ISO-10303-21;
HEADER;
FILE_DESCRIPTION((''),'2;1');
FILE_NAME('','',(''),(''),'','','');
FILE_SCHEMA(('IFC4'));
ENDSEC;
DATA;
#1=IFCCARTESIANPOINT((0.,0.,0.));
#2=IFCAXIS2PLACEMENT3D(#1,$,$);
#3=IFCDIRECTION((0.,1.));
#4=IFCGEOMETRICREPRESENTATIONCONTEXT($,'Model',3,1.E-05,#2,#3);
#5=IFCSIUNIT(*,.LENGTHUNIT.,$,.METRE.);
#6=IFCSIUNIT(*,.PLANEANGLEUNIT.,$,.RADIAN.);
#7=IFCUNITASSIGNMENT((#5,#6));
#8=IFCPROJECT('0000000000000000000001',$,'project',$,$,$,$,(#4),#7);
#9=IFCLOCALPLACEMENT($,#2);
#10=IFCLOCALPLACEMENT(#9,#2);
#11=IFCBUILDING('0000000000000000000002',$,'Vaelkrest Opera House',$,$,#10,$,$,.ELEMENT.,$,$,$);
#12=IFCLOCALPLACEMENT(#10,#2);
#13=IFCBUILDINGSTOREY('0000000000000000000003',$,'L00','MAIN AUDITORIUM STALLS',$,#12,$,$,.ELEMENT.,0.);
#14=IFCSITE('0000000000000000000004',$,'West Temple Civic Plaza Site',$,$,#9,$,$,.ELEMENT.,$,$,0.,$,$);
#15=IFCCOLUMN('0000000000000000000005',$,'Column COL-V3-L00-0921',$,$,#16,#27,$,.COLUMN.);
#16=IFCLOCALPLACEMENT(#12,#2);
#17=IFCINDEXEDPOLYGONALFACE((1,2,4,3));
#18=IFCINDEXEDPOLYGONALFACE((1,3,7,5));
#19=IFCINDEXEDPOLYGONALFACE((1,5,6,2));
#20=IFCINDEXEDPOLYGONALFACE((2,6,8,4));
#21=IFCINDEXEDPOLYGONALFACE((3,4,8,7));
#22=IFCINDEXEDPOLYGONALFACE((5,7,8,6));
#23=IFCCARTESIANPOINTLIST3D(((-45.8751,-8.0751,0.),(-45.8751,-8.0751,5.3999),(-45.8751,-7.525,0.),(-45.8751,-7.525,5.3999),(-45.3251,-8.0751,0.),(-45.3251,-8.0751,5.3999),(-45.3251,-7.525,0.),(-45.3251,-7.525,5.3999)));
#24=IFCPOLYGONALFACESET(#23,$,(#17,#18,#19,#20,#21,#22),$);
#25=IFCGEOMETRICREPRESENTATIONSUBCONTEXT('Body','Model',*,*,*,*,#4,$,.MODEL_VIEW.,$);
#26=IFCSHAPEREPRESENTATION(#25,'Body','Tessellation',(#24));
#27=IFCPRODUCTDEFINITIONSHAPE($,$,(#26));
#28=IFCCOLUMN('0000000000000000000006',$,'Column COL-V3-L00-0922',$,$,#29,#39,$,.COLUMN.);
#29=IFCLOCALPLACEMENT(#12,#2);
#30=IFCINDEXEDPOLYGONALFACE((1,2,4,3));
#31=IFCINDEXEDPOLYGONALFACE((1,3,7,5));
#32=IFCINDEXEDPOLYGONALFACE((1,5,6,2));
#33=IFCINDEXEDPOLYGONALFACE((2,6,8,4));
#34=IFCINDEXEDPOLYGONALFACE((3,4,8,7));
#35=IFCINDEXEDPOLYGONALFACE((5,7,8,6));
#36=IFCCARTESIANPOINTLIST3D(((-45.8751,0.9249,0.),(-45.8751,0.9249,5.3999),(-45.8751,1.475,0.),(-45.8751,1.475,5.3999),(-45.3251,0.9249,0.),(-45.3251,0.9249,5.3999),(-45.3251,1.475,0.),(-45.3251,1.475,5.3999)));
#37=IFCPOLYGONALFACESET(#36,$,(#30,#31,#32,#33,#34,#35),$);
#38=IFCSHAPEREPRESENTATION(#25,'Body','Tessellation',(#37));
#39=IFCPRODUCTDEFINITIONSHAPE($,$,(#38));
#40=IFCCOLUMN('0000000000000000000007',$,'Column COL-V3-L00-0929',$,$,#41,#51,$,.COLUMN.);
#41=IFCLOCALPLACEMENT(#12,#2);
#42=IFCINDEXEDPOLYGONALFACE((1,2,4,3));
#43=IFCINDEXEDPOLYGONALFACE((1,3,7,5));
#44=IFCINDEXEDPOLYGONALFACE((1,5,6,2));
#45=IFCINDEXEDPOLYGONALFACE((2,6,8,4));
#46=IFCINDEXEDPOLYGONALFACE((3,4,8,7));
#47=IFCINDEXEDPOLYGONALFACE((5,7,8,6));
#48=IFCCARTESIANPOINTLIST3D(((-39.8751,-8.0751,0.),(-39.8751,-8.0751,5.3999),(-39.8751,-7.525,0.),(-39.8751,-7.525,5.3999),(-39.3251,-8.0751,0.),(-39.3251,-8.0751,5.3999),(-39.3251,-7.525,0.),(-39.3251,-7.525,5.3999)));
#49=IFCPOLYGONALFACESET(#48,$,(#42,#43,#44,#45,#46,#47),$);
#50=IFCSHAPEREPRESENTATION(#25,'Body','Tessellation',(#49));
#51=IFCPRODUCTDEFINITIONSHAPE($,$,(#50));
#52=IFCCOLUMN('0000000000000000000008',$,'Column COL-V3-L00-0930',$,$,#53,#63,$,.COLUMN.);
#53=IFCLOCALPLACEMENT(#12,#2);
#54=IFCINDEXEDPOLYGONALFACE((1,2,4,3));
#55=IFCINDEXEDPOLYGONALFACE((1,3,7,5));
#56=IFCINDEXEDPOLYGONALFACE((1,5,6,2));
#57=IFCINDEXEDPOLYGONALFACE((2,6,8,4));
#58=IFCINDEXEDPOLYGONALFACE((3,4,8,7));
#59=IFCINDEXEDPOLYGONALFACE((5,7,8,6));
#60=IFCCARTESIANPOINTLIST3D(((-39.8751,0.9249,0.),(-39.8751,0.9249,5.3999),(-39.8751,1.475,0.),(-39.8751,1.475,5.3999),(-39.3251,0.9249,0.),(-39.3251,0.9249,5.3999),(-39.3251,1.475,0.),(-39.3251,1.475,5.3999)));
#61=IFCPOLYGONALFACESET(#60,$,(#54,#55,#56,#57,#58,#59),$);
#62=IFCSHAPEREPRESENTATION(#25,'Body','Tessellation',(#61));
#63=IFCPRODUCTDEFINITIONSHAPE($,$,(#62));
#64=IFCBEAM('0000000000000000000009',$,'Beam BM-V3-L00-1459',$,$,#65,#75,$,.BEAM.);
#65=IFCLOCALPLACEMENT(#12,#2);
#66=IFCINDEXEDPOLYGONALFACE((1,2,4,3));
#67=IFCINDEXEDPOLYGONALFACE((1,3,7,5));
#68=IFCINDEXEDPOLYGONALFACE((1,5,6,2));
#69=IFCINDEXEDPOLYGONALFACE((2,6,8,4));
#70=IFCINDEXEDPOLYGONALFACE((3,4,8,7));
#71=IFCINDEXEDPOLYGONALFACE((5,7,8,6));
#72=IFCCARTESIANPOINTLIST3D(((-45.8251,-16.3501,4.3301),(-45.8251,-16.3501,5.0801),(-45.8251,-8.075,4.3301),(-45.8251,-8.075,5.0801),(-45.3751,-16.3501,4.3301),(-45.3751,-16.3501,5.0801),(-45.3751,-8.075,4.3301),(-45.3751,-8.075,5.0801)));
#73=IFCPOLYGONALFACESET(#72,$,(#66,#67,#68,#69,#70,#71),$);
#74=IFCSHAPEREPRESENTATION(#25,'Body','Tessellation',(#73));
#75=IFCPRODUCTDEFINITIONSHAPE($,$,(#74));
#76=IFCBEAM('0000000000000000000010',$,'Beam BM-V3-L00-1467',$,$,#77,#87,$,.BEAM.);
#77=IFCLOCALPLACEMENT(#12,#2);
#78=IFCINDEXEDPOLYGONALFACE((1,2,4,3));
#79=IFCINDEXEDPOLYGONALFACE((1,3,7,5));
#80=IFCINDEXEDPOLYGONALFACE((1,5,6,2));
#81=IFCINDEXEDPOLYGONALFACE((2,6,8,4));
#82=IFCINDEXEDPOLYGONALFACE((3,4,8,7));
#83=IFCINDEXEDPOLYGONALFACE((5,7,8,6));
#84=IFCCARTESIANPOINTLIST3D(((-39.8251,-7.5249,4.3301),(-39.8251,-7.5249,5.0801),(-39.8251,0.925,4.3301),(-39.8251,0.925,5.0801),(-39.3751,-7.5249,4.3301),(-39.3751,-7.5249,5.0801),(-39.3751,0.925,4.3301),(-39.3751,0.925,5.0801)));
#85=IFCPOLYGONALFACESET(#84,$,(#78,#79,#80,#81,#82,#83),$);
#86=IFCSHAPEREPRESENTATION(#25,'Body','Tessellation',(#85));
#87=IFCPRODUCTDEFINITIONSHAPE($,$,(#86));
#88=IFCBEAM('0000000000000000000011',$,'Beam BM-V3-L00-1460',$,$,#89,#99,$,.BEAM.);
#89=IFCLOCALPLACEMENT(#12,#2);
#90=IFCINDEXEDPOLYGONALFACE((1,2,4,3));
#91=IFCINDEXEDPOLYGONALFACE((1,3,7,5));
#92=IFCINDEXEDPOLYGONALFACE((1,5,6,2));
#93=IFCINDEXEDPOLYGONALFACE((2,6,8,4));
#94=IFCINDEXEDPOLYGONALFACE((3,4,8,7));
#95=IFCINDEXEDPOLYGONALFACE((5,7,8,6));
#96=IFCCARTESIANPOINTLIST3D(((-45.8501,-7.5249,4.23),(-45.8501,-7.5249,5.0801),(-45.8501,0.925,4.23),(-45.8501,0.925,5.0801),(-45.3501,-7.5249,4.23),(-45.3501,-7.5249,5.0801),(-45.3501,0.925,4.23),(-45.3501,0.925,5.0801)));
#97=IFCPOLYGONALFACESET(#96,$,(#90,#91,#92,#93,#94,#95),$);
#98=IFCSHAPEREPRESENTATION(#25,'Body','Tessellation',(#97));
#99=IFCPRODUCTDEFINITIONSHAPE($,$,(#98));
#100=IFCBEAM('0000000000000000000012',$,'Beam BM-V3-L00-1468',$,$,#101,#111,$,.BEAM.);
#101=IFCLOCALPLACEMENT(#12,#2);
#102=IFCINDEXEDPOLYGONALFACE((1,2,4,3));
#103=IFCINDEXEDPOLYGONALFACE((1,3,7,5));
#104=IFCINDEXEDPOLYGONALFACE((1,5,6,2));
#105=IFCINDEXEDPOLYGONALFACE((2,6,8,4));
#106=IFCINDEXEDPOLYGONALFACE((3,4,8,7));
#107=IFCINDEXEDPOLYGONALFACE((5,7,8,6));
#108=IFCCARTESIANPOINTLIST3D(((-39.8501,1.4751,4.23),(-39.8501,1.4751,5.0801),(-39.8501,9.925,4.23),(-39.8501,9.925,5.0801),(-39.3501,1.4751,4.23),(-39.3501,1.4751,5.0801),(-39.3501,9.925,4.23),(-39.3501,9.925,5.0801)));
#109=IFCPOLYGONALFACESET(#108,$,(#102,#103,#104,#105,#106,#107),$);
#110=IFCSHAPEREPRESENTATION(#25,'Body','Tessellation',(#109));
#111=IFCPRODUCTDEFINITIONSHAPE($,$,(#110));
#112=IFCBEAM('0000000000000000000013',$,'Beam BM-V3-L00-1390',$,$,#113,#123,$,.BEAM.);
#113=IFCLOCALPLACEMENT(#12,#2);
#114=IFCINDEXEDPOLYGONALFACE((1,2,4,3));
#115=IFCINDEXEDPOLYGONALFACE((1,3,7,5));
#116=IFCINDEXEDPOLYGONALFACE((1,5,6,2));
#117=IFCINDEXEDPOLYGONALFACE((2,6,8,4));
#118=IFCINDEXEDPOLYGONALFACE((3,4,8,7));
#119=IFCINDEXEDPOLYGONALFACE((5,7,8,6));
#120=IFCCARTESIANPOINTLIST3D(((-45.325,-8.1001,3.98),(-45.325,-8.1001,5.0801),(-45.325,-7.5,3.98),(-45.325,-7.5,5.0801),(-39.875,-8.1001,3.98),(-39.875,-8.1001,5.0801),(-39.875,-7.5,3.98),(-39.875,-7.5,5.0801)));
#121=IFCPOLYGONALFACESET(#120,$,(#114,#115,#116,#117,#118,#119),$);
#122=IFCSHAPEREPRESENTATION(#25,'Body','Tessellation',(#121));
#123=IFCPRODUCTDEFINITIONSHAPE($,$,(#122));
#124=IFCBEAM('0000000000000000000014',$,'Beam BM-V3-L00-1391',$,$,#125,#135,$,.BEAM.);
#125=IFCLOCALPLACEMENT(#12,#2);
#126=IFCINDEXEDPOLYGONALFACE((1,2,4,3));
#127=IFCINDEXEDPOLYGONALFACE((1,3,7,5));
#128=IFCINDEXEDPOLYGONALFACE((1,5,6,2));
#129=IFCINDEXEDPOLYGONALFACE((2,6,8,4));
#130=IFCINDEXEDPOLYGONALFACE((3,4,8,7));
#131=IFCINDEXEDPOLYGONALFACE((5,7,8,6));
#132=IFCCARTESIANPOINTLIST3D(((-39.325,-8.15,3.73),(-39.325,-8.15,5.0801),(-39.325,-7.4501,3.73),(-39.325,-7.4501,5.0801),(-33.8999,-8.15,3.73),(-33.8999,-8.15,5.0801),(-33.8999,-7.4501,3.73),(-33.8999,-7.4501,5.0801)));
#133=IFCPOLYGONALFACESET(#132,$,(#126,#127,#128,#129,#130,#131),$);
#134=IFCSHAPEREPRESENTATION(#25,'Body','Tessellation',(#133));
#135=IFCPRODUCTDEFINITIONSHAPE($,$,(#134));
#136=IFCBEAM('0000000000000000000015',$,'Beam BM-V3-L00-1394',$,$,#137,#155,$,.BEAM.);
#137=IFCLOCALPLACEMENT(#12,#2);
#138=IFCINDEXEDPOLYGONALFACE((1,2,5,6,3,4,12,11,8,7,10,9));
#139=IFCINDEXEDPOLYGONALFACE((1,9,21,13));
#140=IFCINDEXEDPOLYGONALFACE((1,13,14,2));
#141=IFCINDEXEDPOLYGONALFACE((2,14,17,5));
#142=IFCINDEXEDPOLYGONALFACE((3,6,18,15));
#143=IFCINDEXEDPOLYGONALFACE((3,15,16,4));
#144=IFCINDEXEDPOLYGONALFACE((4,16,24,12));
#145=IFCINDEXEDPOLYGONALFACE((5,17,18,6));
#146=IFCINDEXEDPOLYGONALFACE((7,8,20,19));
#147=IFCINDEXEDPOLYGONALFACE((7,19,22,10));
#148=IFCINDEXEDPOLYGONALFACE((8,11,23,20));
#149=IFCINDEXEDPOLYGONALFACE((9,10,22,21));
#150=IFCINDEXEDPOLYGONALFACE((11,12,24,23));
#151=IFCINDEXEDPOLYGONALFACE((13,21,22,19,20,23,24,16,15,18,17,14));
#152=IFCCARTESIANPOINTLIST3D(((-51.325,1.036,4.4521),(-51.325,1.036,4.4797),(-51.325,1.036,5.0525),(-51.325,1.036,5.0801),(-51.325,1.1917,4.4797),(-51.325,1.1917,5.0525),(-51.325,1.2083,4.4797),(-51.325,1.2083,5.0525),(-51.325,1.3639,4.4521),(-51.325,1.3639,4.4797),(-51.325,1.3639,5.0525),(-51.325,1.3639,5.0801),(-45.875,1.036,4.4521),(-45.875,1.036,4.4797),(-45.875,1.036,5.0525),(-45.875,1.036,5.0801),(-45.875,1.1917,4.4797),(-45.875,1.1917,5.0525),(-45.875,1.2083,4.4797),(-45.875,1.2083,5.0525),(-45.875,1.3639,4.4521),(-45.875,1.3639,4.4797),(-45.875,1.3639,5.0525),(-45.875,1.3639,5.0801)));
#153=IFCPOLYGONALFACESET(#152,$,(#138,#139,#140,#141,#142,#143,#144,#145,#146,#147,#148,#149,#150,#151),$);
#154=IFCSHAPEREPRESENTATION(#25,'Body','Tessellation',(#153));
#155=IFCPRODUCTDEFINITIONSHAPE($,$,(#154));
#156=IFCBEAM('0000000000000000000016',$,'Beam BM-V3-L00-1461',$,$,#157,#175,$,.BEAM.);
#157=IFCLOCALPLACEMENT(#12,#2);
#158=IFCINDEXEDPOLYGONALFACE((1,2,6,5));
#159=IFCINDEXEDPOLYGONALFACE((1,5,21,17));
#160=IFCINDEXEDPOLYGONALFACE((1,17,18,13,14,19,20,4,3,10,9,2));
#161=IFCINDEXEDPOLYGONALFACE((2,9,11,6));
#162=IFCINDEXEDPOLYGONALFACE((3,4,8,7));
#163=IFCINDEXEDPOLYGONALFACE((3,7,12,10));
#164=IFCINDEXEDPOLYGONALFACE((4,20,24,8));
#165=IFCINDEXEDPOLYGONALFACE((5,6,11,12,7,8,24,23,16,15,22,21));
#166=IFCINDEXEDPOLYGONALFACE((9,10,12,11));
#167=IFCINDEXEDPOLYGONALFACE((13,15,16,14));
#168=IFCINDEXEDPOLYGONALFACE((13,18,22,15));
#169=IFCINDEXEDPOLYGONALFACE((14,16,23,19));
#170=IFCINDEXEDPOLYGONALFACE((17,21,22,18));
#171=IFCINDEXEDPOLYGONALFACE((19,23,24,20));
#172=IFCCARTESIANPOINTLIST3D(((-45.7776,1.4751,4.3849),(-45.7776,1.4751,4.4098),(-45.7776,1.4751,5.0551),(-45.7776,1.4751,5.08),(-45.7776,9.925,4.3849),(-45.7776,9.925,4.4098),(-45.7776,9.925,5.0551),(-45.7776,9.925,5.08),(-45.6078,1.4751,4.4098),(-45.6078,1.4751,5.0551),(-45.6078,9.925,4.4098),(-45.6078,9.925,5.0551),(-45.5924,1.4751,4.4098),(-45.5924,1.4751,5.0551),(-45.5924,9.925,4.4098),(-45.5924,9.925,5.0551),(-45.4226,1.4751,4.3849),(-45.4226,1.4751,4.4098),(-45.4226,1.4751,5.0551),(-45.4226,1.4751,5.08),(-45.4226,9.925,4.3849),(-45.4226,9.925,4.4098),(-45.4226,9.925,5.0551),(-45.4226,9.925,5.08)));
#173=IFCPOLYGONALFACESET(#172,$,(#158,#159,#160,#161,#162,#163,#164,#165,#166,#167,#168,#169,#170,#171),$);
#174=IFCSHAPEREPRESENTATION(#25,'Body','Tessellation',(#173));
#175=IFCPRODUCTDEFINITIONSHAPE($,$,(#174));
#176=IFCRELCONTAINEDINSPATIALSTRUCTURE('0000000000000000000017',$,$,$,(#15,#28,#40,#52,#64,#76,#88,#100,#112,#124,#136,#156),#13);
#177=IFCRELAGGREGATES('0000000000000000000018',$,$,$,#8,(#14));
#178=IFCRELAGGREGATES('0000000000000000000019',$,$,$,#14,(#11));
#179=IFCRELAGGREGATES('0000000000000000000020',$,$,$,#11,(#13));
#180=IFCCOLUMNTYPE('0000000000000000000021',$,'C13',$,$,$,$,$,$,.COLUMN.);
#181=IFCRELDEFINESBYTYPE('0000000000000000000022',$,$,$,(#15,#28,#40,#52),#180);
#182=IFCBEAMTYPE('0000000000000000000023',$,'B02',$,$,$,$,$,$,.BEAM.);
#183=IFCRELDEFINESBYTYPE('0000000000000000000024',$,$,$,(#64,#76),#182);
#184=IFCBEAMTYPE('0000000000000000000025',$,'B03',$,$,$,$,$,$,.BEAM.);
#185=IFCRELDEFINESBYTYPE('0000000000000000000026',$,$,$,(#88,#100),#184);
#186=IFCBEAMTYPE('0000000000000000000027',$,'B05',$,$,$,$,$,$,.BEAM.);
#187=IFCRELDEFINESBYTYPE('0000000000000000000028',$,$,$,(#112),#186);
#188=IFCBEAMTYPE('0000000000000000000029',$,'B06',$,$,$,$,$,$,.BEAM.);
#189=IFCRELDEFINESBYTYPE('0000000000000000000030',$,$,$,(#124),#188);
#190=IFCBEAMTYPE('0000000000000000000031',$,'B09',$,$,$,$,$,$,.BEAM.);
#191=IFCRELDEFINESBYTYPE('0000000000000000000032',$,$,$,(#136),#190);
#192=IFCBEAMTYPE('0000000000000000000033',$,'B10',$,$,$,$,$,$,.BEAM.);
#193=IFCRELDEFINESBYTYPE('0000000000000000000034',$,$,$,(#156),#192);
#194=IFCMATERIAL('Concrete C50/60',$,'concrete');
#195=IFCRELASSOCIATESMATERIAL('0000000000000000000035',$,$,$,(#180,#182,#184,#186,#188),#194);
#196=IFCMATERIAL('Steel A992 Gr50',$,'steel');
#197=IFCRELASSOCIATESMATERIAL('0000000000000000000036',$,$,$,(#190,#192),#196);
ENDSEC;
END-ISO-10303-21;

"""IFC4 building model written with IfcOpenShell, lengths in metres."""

from ifc_helpers import new_model, si_unit, direction, frame, origin, origin_2d, place, context, subcontext, project, spatial, rectangle, i_section, extrude, material, material_profile, profile_set, type_object, element, save


model = new_model("IFC4")

# Units and contexts
model_context = context("Model", 3, precision=1e-05, world=origin(), true_north=direction((0.0, 1.0)))
body_context = subcontext(model_context, "Body", "Model", "MODEL_VIEW")
ifc_project = project(units=[si_unit("LENGTHUNIT", "METRE"), si_unit("PLANEANGLEUNIT", "RADIAN")], contexts=[model_context])

# Site, building, storey
site_placement = place(None, origin())
site = spatial("IfcSite", under=ifc_project, at=site_placement, Name="West Temple Civic Plaza Site", CompositionType="ELEMENT", RefElevation=0.0)
building_placement = place(site_placement, origin())
building = spatial("IfcBuilding", under=site, at=building_placement, Name="Vaelkrest Opera House", CompositionType="ELEMENT")
storey_placement = place(building_placement, origin())
storey = spatial("IfcBuildingStorey", under=building, at=storey_placement, Name="L00", Description="MAIN AUDITORIUM STALLS", CompositionType="ELEMENT", Elevation=0.0)

# Columns
ifc_material_1 = material(Name="Concrete C50/60", Category="concrete")
ifc_material_profile_1 = material_profile(ifc_material_1, rectangle(XDim=0.55, YDim=0.55, at=origin_2d()), Name="RC550X550")
ifc_profile_set_1 = profile_set([ifc_material_profile_1], Name="Concrete C50/60")
column_type = type_object("IfcColumnType", Name="C13", PredefinedType="COLUMN", material=ifc_profile_set_1)
for number, where, z_axis, x_axis, name in (
    (1, (-45.6001, -7.8, 0.0), (0.0, 0.0, 1.0), (1.0, 0.0, 0.0), "Column COL-V3-L00-0921"),
    (2, (-45.6001, 1.2, 0.0), (0.0, 0.0, 1.0), (1.0, 0.0, 0.0), "Column COL-V3-L00-0922"),
    (3, (-39.6001, -7.8, 0.0), (0.0, 0.0, 1.0), (1.0, 0.0, 0.0), "Column COL-V3-L00-0929"),
    (4, (-39.6001, 1.2, 0.0), (0.0, 0.0, 1.0), (1.0, 0.0, 0.0), "Column COL-V3-L00-0930"),
):
    element("IfcColumn", number, at=place(storey_placement, frame(where, z_axis=z_axis, x_axis=x_axis)), inside=storey, type_object=column_type, Name=name, PredefinedType="COLUMN", context=body_context, shape_type="SweptSolid", body=[
        extrude(rectangle(XDim=0.55, YDim=0.55, at=origin_2d()), origin(), (0.0, 0.0, 1.0), 5.3999),
    ])

# Beams
ifc_material_profile_2 = material_profile(ifc_material_1, rectangle(XDim=0.45, YDim=0.75, at=origin_2d()), Name="RCB450X750")
ifc_profile_set_2 = profile_set([ifc_material_profile_2], Name="Concrete C50/60")
beam_type_1 = type_object("IfcBeamType", Name="B02", PredefinedType="BEAM", material=ifc_profile_set_2)
beam_1_placement = place(storey_placement, frame((-45.6001, -16.3501, 4.7051), z_axis=(0.0, 1.0, 0.0), x_axis=(-1.0, 0.0, 0.0)))
element("IfcBeam", 5, at=beam_1_placement, inside=storey, type_object=beam_type_1, Name="Beam BM-V3-L00-1459", PredefinedType="BEAM", context=body_context, shape_type="SweptSolid", body=[
    extrude(rectangle(XDim=0.45, YDim=0.75, at=origin_2d()), origin(), (0.0, 0.0, 1.0), 8.2751),
])
beam_2_placement = place(storey_placement, frame((-39.6001, -7.5249, 4.7051), z_axis=(0.0, 1.0, 0.0), x_axis=(-1.0, 0.0, 0.0)))
element("IfcBeam", 6, at=beam_2_placement, inside=storey, type_object=beam_type_1, Name="Beam BM-V3-L00-1467", PredefinedType="BEAM", context=body_context, shape_type="SweptSolid", body=[
    extrude(rectangle(XDim=0.45, YDim=0.75, at=origin_2d()), origin(), (0.0, 0.0, 1.0), 8.45),
])
ifc_material_profile_3 = material_profile(ifc_material_1, rectangle(XDim=0.5, YDim=0.8501, at=origin_2d()), Name="RCB500X850")
ifc_profile_set_3 = profile_set([ifc_material_profile_3], Name="Concrete C50/60")
beam_type_2 = type_object("IfcBeamType", Name="B03", PredefinedType="BEAM", material=ifc_profile_set_3)
for number, where, z_axis, x_axis, name in (
    (7, (-45.6001, -7.5249, 4.655), (0.0, 1.0, 0.0), (-1.0, 0.0, 0.0), "Beam BM-V3-L00-1460"),
    (8, (-39.6001, 1.4751, 4.655), (0.0, 1.0, 0.0), (-1.0, 0.0, 0.0), "Beam BM-V3-L00-1468"),
):
    element("IfcBeam", number, at=place(storey_placement, frame(where, z_axis=z_axis, x_axis=x_axis)), inside=storey, type_object=beam_type_2, Name=name, PredefinedType="BEAM", context=body_context, shape_type="SweptSolid", body=[
        extrude(rectangle(XDim=0.5, YDim=0.8501, at=origin_2d()), origin(), (0.0, 0.0, 1.0), 8.45),
    ])
ifc_material_profile_4 = material_profile(ifc_material_1, rectangle(XDim=0.6001, YDim=1.1001, at=origin_2d()), Name="RCB600X1100")
ifc_profile_set_4 = profile_set([ifc_material_profile_4], Name="Concrete C50/60")
beam_type_3 = type_object("IfcBeamType", Name="B05", PredefinedType="BEAM", material=ifc_profile_set_4)
beam_3_placement = place(storey_placement, frame((-45.325, -7.8, 4.53), z_axis=(1.0, 0.0, 0.0), x_axis=(0.0, 1.0, 0.0)))
element("IfcBeam", 9, at=beam_3_placement, inside=storey, type_object=beam_type_3, Name="Beam BM-V3-L00-1390", PredefinedType="BEAM", context=body_context, shape_type="SweptSolid", body=[
    extrude(rectangle(XDim=0.6001, YDim=1.1001, at=origin_2d()), origin(), (0.0, 0.0, 1.0), 5.45),
])
ifc_material_profile_5 = material_profile(ifc_material_1, rectangle(XDim=0.7, YDim=1.3501, at=origin_2d()), Name="RCB700X1350")
ifc_profile_set_5 = profile_set([ifc_material_profile_5], Name="Concrete C50/60")
beam_type_4 = type_object("IfcBeamType", Name="B06", PredefinedType="BEAM", material=ifc_profile_set_5)
beam_4_placement = place(storey_placement, frame((-39.325, -7.8, 4.405), z_axis=(1.0, 0.0, 0.0), x_axis=(0.0, 1.0, 0.0)))
element("IfcBeam", 10, at=beam_4_placement, inside=storey, type_object=beam_type_4, Name="Beam BM-V3-L00-1391", PredefinedType="BEAM", context=body_context, shape_type="SweptSolid", body=[
    extrude(rectangle(XDim=0.7, YDim=1.3501, at=origin_2d()), origin(), (0.0, 0.0, 1.0), 5.425),
])
ifc_material_2 = material(Name="Steel A992 Gr50", Category="steel")
ifc_material_profile_6 = material_profile(ifc_material_2, i_section(OverallWidth=0.3279, OverallDepth=0.6279, WebThickness=0.0166, FlangeThickness=0.0276, at=origin_2d()), Name="W24X146")
ifc_profile_set_6 = profile_set([ifc_material_profile_6], Name="Steel A992 Gr50")
beam_type_5 = type_object("IfcBeamType", Name="B09", PredefinedType="BEAM", material=ifc_profile_set_6)
beam_5_placement = place(storey_placement, frame((-51.325, 1.2, 4.7661), z_axis=(1.0, 0.0, 0.0), x_axis=(0.0, 1.0, 0.0)))
element("IfcBeam", 11, at=beam_5_placement, inside=storey, type_object=beam_type_5, Name="Beam BM-V3-L00-1394", PredefinedType="BEAM", context=body_context, shape_type="SweptSolid", body=[
    extrude(i_section(OverallWidth=0.3279, OverallDepth=0.6279, WebThickness=0.0166, FlangeThickness=0.0276, at=origin_2d()), origin(), (0.0, 0.0, 1.0), 5.45),
])
ifc_material_profile_7 = material_profile(ifc_material_2, i_section(OverallWidth=0.355, OverallDepth=0.6951, WebThickness=0.0154, FlangeThickness=0.0249, at=origin_2d()), Name="W27X146")
ifc_profile_set_7 = profile_set([ifc_material_profile_7], Name="Steel A992 Gr50")
beam_type_6 = type_object("IfcBeamType", Name="B10", PredefinedType="BEAM", material=ifc_profile_set_7)
beam_6_placement = place(storey_placement, frame((-45.6001, 1.4751, 4.7324), z_axis=(0.0, 1.0, 0.0), x_axis=(-1.0, 0.0, 0.0)))
element("IfcBeam", 12, at=beam_6_placement, inside=storey, type_object=beam_type_6, Name="Beam BM-V3-L00-1461", PredefinedType="BEAM", context=body_context, shape_type="SweptSolid", body=[
    extrude(i_section(OverallWidth=0.355, OverallDepth=0.6951, WebThickness=0.0154, FlangeThickness=0.0249, at=origin_2d()), origin(), (0.0, 0.0, 1.0), 8.45),
])

save(model, "model.ifc")
